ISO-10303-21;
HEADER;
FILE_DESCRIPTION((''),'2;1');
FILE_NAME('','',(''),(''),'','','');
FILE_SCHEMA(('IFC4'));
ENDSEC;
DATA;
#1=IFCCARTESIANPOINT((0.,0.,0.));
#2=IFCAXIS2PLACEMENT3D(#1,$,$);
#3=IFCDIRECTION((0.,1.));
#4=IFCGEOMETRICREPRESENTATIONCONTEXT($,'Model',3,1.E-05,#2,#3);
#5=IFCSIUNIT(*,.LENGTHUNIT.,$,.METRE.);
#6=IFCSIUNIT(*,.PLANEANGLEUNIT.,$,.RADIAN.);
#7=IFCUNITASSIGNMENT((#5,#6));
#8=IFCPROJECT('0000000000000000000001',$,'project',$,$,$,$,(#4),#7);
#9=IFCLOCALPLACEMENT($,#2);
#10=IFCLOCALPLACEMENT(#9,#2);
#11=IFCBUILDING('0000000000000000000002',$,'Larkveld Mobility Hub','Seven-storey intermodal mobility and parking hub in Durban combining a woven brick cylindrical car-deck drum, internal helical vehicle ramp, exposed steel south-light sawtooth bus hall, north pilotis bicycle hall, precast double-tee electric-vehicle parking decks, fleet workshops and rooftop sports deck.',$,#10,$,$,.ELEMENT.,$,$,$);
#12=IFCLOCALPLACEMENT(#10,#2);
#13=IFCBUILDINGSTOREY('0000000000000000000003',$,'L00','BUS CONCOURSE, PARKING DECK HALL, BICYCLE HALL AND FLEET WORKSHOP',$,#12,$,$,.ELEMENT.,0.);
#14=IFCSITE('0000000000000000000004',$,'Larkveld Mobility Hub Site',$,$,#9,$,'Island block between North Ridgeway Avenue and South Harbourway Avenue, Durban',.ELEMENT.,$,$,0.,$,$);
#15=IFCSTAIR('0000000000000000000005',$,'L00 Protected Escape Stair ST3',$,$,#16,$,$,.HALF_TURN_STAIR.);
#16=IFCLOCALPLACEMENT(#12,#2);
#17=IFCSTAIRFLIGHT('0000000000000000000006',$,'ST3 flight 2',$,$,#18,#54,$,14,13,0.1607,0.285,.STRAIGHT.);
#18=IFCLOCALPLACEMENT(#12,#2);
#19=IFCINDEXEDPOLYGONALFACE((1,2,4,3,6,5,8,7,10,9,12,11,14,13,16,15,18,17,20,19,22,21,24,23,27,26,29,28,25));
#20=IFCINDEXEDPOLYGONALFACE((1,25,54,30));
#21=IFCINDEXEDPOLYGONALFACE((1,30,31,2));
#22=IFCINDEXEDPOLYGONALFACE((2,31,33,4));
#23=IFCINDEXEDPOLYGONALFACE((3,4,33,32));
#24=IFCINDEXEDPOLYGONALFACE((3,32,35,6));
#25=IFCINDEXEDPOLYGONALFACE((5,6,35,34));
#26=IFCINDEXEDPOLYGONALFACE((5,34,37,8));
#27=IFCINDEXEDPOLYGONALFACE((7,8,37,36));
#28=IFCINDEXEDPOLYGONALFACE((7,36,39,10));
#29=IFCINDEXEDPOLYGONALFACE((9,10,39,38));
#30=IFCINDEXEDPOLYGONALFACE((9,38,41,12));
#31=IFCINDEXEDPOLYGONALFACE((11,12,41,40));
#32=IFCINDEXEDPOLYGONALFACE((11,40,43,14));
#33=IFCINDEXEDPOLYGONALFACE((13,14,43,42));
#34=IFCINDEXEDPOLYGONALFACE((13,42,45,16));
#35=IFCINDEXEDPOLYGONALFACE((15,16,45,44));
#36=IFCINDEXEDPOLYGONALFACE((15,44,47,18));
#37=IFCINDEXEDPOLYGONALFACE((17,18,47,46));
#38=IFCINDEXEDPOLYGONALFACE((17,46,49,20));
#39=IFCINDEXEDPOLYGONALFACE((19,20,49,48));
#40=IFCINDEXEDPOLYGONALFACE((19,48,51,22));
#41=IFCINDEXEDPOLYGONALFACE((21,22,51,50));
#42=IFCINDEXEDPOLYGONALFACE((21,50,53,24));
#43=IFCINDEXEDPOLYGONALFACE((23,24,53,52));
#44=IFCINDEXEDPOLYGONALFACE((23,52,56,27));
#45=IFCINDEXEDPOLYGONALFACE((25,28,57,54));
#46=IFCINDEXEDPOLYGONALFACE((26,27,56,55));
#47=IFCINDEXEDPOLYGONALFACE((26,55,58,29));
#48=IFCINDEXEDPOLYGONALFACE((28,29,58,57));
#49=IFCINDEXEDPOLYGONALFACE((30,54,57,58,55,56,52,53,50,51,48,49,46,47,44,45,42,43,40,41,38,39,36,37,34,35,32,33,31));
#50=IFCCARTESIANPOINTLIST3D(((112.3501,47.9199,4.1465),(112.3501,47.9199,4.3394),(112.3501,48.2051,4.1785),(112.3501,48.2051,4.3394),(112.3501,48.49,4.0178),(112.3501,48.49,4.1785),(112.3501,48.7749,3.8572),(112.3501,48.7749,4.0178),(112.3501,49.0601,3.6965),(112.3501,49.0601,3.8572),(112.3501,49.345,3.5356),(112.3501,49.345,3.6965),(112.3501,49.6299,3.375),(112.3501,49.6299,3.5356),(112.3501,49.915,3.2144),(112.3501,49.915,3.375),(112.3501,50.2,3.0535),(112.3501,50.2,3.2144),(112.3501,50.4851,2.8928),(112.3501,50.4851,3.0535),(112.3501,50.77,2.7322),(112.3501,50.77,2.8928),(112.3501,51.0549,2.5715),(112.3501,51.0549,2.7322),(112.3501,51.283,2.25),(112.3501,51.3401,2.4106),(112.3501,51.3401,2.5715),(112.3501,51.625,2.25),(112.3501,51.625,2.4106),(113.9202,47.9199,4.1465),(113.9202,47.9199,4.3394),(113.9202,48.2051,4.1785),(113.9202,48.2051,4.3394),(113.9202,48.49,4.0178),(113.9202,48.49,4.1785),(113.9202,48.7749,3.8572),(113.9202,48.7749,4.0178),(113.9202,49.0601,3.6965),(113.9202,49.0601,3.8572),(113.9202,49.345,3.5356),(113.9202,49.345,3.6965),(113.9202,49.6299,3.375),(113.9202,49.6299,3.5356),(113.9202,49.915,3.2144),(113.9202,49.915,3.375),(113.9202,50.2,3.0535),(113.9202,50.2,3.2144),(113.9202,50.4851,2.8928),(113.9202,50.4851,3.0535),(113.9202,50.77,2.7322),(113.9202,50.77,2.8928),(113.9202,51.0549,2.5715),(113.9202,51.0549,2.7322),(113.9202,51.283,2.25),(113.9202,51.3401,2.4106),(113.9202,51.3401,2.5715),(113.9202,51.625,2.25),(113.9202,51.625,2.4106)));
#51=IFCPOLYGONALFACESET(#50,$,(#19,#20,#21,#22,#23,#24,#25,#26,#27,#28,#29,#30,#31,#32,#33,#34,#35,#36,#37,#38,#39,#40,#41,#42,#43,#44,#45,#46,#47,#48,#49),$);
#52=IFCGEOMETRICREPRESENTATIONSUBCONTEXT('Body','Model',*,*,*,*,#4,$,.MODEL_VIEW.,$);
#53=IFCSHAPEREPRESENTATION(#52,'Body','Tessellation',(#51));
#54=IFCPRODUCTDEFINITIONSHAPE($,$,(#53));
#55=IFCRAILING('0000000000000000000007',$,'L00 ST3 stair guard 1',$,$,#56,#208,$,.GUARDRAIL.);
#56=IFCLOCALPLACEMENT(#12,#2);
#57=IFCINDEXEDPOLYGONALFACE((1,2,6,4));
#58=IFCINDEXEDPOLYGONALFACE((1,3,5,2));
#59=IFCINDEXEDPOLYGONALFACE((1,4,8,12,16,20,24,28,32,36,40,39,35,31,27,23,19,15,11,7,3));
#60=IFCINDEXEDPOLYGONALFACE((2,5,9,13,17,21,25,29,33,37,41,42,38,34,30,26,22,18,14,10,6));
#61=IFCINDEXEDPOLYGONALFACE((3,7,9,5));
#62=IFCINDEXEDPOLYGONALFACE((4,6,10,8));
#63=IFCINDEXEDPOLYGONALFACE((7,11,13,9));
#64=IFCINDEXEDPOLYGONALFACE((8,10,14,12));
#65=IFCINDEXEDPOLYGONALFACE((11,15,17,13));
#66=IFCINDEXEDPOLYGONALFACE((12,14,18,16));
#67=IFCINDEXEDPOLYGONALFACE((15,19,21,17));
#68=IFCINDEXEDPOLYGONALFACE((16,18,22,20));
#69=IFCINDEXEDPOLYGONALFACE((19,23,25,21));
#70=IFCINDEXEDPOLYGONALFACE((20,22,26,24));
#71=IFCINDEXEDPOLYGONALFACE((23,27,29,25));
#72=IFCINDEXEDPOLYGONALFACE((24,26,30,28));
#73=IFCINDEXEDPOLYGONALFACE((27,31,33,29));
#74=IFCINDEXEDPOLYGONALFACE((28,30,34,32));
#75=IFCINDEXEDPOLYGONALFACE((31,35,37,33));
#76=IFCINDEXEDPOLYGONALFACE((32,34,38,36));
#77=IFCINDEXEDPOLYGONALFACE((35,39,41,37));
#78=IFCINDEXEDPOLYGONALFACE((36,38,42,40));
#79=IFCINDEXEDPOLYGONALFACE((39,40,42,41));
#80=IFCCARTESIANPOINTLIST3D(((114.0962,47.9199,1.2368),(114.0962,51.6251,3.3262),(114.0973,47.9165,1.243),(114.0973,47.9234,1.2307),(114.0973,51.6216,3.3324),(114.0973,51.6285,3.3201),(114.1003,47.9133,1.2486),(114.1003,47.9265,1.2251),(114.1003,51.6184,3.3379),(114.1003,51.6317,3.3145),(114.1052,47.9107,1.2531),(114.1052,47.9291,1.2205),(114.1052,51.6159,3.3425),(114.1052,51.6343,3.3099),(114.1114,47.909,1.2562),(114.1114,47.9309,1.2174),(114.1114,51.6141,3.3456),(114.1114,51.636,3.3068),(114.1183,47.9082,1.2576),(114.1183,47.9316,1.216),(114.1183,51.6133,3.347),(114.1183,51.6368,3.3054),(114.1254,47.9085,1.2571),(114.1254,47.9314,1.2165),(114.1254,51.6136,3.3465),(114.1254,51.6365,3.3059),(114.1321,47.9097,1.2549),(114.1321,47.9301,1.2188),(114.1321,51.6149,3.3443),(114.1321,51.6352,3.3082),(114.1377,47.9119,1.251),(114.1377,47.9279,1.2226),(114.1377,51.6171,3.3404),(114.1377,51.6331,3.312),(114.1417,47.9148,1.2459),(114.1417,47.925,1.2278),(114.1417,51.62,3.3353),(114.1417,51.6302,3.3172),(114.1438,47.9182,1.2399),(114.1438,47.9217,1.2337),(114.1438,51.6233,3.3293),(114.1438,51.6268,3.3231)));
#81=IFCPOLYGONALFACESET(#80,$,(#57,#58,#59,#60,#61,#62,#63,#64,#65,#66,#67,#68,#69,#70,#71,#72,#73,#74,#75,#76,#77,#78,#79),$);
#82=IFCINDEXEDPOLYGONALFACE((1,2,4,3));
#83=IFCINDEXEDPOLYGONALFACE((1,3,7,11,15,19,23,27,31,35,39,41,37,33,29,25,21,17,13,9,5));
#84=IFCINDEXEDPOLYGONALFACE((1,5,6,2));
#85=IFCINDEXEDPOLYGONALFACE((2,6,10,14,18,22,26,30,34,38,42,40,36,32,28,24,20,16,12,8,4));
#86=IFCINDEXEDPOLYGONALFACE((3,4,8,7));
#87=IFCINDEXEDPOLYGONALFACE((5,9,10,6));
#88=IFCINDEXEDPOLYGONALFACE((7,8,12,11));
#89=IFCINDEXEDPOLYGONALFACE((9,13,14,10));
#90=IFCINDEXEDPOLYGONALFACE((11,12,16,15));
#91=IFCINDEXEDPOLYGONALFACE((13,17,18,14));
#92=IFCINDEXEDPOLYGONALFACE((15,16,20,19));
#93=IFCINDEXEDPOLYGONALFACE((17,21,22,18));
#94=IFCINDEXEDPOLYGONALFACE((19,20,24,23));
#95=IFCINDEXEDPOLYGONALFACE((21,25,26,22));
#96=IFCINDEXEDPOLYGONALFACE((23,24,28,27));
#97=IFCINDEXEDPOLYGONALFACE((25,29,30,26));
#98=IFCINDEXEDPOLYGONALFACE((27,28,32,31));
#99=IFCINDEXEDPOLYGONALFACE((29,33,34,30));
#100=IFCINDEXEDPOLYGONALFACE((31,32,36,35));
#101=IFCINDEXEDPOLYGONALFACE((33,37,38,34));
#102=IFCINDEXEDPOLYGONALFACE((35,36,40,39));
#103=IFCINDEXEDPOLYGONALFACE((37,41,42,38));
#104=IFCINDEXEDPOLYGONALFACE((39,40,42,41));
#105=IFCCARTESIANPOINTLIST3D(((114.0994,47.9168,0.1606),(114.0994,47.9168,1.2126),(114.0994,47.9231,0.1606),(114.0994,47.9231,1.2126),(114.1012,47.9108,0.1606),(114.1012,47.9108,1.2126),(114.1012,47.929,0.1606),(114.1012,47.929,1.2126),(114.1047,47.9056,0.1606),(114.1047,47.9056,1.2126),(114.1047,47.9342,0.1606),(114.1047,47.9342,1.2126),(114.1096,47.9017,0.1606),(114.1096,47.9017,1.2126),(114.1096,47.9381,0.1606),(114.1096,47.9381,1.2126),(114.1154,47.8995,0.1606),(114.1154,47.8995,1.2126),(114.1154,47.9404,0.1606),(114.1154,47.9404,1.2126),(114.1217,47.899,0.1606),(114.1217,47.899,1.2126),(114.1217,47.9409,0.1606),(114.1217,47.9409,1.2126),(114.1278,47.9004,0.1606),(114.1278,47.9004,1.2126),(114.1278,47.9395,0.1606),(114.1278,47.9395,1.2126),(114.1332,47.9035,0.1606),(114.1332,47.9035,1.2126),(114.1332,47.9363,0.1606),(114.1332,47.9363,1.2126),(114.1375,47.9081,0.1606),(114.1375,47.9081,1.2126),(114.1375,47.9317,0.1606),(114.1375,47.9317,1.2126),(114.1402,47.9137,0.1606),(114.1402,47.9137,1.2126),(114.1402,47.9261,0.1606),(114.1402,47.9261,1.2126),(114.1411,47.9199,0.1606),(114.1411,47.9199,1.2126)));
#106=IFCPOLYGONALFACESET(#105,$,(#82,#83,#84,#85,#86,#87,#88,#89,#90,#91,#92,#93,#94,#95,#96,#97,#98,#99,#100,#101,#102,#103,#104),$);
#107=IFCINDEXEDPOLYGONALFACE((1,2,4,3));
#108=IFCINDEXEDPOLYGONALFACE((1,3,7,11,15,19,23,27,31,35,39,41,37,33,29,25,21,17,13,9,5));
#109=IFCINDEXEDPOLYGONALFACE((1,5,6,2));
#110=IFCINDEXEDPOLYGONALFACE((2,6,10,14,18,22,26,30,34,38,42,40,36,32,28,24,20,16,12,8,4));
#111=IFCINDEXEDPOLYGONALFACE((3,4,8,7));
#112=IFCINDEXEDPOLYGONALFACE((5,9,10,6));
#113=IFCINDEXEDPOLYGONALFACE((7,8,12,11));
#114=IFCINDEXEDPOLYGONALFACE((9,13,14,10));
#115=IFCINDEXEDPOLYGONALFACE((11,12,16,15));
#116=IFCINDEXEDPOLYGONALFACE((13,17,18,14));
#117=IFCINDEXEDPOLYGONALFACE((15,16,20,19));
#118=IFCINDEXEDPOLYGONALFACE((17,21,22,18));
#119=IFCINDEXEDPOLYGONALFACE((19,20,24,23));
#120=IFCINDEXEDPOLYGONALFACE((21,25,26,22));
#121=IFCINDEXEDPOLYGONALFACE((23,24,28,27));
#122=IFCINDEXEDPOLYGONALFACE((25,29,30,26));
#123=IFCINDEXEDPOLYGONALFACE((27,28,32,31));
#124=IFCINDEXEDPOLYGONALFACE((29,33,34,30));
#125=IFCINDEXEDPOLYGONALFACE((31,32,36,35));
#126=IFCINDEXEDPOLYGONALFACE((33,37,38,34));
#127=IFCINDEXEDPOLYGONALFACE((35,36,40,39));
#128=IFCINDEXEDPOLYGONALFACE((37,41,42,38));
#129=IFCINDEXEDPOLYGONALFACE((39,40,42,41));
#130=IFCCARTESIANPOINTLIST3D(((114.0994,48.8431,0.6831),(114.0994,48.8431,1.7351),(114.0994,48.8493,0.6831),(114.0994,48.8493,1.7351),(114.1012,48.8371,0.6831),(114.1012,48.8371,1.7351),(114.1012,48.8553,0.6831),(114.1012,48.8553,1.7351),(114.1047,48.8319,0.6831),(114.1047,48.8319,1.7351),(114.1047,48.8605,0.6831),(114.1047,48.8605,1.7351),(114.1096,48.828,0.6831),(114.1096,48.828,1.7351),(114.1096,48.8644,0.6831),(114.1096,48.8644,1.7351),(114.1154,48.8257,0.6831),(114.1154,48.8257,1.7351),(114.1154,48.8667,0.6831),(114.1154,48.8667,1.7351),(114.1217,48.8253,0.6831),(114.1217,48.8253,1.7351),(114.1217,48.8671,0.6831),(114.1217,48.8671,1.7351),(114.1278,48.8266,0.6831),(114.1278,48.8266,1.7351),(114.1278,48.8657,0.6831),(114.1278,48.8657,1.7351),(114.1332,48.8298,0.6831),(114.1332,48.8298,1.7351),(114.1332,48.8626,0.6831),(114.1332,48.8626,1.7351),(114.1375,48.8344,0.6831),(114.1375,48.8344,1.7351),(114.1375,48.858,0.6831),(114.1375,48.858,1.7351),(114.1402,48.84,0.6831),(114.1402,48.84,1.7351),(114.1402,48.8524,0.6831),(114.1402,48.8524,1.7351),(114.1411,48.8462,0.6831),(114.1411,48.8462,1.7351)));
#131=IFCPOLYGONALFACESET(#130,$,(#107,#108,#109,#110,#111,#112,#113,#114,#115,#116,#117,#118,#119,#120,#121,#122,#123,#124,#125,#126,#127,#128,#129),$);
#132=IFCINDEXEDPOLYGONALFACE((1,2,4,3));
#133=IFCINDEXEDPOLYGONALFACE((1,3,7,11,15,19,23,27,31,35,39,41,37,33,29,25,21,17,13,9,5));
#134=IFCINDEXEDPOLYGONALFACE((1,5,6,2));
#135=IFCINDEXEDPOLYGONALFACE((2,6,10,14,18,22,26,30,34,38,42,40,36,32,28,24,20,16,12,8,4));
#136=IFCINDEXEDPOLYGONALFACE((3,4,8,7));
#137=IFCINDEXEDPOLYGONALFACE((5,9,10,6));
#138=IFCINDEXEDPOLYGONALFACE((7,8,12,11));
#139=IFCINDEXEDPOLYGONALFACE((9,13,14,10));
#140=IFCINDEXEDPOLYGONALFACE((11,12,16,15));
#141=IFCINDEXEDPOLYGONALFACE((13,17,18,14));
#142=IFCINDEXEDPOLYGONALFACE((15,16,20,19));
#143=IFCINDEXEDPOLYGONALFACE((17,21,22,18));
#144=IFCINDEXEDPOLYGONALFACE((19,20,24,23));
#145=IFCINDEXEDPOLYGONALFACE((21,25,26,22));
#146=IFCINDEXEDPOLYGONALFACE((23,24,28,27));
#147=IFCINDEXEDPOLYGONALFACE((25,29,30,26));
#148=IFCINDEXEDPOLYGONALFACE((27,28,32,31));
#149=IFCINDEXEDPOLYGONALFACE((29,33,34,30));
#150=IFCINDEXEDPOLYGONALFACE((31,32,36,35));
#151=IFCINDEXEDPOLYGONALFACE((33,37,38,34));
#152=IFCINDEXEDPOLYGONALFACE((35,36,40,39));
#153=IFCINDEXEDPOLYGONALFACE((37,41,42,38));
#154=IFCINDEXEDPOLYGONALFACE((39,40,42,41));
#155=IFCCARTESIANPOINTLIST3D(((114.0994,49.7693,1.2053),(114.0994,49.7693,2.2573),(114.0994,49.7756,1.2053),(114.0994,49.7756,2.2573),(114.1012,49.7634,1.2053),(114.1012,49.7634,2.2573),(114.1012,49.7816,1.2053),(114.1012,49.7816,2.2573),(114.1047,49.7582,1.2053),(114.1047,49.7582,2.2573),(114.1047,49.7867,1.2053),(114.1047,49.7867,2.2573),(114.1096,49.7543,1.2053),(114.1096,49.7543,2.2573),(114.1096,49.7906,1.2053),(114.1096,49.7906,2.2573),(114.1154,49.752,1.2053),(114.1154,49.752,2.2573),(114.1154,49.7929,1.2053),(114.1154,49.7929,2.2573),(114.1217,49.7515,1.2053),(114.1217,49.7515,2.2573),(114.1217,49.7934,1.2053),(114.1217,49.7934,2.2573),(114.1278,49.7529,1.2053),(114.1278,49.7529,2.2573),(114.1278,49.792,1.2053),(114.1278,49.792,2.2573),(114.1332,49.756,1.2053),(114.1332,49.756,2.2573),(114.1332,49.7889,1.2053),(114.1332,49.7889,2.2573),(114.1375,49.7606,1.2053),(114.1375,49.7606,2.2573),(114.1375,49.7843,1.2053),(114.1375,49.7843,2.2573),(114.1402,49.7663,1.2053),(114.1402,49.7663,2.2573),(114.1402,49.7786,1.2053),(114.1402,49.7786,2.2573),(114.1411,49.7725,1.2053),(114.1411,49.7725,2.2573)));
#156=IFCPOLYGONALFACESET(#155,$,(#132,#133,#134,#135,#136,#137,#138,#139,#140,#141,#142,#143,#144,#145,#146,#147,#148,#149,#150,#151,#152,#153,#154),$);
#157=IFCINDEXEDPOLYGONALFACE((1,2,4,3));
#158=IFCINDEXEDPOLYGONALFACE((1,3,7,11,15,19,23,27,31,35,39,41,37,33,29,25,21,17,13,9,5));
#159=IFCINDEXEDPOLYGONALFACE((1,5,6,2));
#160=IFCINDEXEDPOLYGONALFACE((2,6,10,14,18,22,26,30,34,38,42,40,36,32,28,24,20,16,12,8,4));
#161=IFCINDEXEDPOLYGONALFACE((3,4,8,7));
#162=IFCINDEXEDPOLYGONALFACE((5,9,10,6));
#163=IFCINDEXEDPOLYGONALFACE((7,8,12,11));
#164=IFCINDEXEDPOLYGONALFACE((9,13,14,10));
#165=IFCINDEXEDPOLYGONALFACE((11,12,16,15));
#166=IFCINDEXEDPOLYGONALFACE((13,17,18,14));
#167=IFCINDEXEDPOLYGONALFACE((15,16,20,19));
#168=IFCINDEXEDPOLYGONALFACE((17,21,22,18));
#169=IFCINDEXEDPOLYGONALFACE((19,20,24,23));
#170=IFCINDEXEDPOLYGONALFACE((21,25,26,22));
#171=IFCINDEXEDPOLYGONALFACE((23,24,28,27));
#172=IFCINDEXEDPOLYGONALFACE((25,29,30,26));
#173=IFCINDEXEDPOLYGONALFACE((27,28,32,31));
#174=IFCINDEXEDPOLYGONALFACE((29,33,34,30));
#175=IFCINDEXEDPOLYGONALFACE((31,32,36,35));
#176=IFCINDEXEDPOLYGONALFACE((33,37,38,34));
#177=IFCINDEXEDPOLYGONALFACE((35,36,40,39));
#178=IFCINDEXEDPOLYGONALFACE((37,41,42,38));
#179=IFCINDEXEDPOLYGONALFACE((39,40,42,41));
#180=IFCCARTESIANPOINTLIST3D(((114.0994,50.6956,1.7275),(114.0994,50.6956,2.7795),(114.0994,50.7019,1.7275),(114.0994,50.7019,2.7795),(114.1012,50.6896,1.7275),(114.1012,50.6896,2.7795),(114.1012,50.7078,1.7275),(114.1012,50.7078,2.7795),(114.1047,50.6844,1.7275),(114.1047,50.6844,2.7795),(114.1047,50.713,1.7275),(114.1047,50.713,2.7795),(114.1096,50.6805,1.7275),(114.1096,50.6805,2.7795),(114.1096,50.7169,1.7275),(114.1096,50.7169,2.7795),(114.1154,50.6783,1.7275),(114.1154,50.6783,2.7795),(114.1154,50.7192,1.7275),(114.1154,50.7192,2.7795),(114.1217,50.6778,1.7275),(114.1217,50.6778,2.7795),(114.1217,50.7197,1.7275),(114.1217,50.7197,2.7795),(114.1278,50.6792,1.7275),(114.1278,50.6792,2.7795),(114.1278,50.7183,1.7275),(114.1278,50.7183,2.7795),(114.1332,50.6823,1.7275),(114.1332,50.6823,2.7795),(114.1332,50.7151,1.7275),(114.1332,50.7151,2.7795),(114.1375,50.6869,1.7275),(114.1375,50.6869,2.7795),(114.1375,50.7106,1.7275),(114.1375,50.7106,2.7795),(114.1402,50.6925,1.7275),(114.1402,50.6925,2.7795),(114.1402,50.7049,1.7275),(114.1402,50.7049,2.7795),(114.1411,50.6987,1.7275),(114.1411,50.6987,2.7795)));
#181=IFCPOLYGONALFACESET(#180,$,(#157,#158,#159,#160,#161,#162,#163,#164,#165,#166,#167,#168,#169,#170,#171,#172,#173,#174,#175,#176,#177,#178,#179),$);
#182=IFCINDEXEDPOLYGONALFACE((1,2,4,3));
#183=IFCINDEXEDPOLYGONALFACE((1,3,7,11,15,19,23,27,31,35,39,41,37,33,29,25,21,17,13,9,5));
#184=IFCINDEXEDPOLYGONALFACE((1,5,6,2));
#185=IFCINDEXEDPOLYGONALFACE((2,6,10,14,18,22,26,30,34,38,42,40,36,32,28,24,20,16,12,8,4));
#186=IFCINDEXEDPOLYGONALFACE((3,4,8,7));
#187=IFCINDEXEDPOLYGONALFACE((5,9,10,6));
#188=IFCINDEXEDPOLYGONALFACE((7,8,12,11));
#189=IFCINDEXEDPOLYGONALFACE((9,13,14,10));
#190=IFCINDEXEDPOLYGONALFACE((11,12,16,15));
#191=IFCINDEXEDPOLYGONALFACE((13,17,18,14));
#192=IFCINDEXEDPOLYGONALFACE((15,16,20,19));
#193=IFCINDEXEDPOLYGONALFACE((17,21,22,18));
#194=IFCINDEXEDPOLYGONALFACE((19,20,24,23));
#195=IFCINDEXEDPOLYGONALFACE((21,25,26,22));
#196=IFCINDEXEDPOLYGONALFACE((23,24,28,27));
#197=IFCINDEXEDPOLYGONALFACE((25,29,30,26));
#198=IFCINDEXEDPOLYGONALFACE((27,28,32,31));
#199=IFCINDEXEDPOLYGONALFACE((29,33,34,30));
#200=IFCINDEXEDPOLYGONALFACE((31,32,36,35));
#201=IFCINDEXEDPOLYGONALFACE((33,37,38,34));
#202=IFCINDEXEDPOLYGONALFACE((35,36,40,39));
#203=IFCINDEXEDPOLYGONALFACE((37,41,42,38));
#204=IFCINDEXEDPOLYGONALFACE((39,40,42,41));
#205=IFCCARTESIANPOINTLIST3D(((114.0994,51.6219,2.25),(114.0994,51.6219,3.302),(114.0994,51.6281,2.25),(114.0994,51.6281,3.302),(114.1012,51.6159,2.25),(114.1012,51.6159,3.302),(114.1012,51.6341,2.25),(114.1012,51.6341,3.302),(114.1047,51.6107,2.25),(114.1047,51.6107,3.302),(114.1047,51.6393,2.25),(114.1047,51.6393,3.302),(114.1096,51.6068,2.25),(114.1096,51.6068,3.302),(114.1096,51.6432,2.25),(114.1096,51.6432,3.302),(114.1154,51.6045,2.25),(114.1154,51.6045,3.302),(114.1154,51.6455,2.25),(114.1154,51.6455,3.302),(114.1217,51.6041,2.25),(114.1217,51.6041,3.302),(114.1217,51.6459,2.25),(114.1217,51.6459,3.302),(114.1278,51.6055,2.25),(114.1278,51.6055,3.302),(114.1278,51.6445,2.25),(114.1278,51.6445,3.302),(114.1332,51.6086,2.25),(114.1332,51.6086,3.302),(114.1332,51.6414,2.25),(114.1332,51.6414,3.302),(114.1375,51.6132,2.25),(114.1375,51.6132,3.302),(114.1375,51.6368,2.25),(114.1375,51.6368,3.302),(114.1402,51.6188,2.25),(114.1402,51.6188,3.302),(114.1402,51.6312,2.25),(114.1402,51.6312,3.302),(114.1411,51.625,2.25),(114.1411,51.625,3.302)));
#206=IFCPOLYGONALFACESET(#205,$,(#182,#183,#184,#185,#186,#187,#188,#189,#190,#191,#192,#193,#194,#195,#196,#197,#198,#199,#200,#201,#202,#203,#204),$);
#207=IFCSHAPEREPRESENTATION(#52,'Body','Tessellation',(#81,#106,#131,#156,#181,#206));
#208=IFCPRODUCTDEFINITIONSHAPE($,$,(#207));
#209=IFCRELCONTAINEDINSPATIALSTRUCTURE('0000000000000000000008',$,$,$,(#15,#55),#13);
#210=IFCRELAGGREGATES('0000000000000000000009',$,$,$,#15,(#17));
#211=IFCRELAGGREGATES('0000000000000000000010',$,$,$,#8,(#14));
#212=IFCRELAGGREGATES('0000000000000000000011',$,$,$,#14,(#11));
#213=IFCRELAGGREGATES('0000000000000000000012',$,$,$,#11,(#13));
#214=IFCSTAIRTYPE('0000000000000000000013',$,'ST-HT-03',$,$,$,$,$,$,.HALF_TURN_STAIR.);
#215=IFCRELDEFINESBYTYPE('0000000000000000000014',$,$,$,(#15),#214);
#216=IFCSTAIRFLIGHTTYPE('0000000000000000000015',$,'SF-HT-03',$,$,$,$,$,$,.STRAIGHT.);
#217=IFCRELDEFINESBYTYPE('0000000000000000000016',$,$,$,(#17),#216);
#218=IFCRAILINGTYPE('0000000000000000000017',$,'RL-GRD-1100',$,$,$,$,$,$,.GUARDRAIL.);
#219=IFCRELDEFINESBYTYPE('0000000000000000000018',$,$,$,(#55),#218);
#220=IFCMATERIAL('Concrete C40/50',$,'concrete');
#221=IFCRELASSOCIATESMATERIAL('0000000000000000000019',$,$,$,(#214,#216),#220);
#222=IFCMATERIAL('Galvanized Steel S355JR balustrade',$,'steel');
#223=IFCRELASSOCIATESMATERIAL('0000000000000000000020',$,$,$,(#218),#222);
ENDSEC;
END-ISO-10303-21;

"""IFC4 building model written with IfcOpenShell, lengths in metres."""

from ifc_helpers import new_model, si_unit, direction, frame, origin, origin_2d, place, context, subcontext, project, spatial, polyline, circle, outline, extrude, material, type_object, element, aggregate, save


model = new_model("IFC4")

# Units and contexts
model_context = context("Model", 3, precision=1e-05, world=origin(), true_north=direction((0.0, 1.0)))
body_context = subcontext(model_context, "Body", "Model", "MODEL_VIEW")
ifc_project = project(units=[si_unit("LENGTHUNIT", "METRE"), si_unit("PLANEANGLEUNIT", "RADIAN")], contexts=[model_context])

# Site, building, storey
site_placement = place(None, origin())
site = spatial("IfcSite", under=ifc_project, at=site_placement, Name="Larkveld Mobility Hub Site", LongName="Island block between North Ridgeway Avenue and South Harbourway Avenue, Durban", CompositionType="ELEMENT", RefElevation=0.0)
building_placement = place(site_placement, origin())
building = spatial("IfcBuilding", under=site, at=building_placement, Name="Larkveld Mobility Hub", Description="Seven-storey intermodal mobility and parking hub in Durban combining a woven brick cylindrical car-deck drum, internal helical vehicle ramp, exposed steel south-light sawtooth bus hall, north pilotis bicycle hall, precast double-tee electric-vehicle parking decks, fleet workshops and rooftop sports deck.", CompositionType="ELEMENT")
storey_placement = place(building_placement, origin())
storey = spatial("IfcBuildingStorey", under=building, at=storey_placement, Name="L00", Description="BUS CONCOURSE, PARKING DECK HALL, BICYCLE HALL AND FLEET WORKSHOP", CompositionType="ELEMENT", Elevation=0.0)

# Shared definitions
ifc_material_1 = material(Name="Concrete C40/50", Category="concrete")

# Stair, stair flight
stair_type = type_object("IfcStairType", Name="ST-HT-03", PredefinedType="HALF_TURN_STAIR", material=ifc_material_1)
stair_placement = place(storey_placement, origin())
stair = element("IfcStair", 1, at=stair_placement, inside=storey, type_object=stair_type, Name="L00 Protected Escape Stair ST3", PredefinedType="HALF_TURN_STAIR")
stair_flight_type = type_object("IfcStairFlightType", Name="SF-HT-03", PredefinedType="STRAIGHT", material=ifc_material_1)
stair_flight_1_placement = place(storey_placement, frame((113.135, 51.625, 2.25), z_axis=(0.0, 0.0, 1.0), x_axis=(0.0, -1.0, 0.0)))
stair_flight_1 = element("IfcStairFlight", 2, at=stair_flight_1_placement, type_object=stair_flight_type, Name="ST3 flight 2", NumberOfRisers=14, NumberOfTreads=13, PredefinedType="STRAIGHT", RiserHeight=0.1607, TreadLength=0.285, context=body_context, shape_type="SweptSolid", body=[
    extrude(outline(polyline([(0.0, 0.0), (0.0, 0.1606), (0.2849, 0.1606), (0.2849, 0.3215), (0.5701, 0.3215), (0.5701, 0.4822), (0.855, 0.4822), (0.855, 0.6428), (1.1399, 0.6428), (1.1399, 0.8035), (1.425, 0.8035), (1.425, 0.9644), (1.71, 0.9644), (1.71, 1.125), (1.9951, 1.125), (1.9951, 1.2856), (2.28, 1.2856), (2.28, 1.4465), (2.5649, 1.4465), (2.5649, 1.6072), (2.8501, 1.6072), (2.8501, 1.7678), (3.135, 1.7678), (3.135, 1.9285), (3.4199, 1.9285), (3.4199, 2.0894), (3.7051, 2.0894), (3.7051, 2.25), (3.7051, 1.8965), (0.342, 0.0), (0.0, 0.0)])), frame((0.0, 0.7852, 0.0), z_axis=(0.0, -1.0, 0.0), x_axis=(1.0, 0.0, 0.0)), (0.0, 0.0, 1.0), 1.5701),
])
aggregate(stair, [stair_flight_1])

# Railing
ifc_material_2 = material(Name="Galvanized Steel S355JR balustrade", Category="steel")
railing_type_1 = type_object("IfcRailingType", Name="RL-GRD-1100", PredefinedType="GUARDRAIL", material=ifc_material_2)
railing_1_placement = place(storey_placement, frame((114.1201, 47.9199, 0.1606)))
element("IfcRailing", 3, at=railing_1_placement, inside=storey, type_object=railing_type_1, Name="L00 ST3 stair guard 1", PredefinedType="GUARDRAIL", context=body_context, shape_type="SweptSolid", body=[
    extrude(circle(Radius=0.0239, at=origin_2d()), frame((0.0, 0.0, 1.0762), z_axis=(0.0, 0.871048, 0.491198), x_axis=(-1.0, 0.0, 0.0)), (0.0, 0.0, 1.0), 4.2537),
    extrude(circle(Radius=0.021, at=origin_2d()), origin(), (0.0, 0.0, 1.0), 1.052),
    extrude(circle(Radius=0.021, at=origin_2d()), frame((0.0, 0.9263, 0.5225)), (0.0, 0.0, 1.0), 1.052),
    extrude(circle(Radius=0.021, at=origin_2d()), frame((0.0, 1.8525, 1.0447)), (0.0, 0.0, 1.0), 1.052),
    extrude(circle(Radius=0.021, at=origin_2d()), frame((0.0, 2.7788, 1.5669)), (0.0, 0.0, 1.0), 1.052),
    extrude(circle(Radius=0.021, at=origin_2d()), frame((0.0, 3.7051, 2.0894)), (0.0, 0.0, 1.0), 1.052),
])

save(model, "model.ifc")
